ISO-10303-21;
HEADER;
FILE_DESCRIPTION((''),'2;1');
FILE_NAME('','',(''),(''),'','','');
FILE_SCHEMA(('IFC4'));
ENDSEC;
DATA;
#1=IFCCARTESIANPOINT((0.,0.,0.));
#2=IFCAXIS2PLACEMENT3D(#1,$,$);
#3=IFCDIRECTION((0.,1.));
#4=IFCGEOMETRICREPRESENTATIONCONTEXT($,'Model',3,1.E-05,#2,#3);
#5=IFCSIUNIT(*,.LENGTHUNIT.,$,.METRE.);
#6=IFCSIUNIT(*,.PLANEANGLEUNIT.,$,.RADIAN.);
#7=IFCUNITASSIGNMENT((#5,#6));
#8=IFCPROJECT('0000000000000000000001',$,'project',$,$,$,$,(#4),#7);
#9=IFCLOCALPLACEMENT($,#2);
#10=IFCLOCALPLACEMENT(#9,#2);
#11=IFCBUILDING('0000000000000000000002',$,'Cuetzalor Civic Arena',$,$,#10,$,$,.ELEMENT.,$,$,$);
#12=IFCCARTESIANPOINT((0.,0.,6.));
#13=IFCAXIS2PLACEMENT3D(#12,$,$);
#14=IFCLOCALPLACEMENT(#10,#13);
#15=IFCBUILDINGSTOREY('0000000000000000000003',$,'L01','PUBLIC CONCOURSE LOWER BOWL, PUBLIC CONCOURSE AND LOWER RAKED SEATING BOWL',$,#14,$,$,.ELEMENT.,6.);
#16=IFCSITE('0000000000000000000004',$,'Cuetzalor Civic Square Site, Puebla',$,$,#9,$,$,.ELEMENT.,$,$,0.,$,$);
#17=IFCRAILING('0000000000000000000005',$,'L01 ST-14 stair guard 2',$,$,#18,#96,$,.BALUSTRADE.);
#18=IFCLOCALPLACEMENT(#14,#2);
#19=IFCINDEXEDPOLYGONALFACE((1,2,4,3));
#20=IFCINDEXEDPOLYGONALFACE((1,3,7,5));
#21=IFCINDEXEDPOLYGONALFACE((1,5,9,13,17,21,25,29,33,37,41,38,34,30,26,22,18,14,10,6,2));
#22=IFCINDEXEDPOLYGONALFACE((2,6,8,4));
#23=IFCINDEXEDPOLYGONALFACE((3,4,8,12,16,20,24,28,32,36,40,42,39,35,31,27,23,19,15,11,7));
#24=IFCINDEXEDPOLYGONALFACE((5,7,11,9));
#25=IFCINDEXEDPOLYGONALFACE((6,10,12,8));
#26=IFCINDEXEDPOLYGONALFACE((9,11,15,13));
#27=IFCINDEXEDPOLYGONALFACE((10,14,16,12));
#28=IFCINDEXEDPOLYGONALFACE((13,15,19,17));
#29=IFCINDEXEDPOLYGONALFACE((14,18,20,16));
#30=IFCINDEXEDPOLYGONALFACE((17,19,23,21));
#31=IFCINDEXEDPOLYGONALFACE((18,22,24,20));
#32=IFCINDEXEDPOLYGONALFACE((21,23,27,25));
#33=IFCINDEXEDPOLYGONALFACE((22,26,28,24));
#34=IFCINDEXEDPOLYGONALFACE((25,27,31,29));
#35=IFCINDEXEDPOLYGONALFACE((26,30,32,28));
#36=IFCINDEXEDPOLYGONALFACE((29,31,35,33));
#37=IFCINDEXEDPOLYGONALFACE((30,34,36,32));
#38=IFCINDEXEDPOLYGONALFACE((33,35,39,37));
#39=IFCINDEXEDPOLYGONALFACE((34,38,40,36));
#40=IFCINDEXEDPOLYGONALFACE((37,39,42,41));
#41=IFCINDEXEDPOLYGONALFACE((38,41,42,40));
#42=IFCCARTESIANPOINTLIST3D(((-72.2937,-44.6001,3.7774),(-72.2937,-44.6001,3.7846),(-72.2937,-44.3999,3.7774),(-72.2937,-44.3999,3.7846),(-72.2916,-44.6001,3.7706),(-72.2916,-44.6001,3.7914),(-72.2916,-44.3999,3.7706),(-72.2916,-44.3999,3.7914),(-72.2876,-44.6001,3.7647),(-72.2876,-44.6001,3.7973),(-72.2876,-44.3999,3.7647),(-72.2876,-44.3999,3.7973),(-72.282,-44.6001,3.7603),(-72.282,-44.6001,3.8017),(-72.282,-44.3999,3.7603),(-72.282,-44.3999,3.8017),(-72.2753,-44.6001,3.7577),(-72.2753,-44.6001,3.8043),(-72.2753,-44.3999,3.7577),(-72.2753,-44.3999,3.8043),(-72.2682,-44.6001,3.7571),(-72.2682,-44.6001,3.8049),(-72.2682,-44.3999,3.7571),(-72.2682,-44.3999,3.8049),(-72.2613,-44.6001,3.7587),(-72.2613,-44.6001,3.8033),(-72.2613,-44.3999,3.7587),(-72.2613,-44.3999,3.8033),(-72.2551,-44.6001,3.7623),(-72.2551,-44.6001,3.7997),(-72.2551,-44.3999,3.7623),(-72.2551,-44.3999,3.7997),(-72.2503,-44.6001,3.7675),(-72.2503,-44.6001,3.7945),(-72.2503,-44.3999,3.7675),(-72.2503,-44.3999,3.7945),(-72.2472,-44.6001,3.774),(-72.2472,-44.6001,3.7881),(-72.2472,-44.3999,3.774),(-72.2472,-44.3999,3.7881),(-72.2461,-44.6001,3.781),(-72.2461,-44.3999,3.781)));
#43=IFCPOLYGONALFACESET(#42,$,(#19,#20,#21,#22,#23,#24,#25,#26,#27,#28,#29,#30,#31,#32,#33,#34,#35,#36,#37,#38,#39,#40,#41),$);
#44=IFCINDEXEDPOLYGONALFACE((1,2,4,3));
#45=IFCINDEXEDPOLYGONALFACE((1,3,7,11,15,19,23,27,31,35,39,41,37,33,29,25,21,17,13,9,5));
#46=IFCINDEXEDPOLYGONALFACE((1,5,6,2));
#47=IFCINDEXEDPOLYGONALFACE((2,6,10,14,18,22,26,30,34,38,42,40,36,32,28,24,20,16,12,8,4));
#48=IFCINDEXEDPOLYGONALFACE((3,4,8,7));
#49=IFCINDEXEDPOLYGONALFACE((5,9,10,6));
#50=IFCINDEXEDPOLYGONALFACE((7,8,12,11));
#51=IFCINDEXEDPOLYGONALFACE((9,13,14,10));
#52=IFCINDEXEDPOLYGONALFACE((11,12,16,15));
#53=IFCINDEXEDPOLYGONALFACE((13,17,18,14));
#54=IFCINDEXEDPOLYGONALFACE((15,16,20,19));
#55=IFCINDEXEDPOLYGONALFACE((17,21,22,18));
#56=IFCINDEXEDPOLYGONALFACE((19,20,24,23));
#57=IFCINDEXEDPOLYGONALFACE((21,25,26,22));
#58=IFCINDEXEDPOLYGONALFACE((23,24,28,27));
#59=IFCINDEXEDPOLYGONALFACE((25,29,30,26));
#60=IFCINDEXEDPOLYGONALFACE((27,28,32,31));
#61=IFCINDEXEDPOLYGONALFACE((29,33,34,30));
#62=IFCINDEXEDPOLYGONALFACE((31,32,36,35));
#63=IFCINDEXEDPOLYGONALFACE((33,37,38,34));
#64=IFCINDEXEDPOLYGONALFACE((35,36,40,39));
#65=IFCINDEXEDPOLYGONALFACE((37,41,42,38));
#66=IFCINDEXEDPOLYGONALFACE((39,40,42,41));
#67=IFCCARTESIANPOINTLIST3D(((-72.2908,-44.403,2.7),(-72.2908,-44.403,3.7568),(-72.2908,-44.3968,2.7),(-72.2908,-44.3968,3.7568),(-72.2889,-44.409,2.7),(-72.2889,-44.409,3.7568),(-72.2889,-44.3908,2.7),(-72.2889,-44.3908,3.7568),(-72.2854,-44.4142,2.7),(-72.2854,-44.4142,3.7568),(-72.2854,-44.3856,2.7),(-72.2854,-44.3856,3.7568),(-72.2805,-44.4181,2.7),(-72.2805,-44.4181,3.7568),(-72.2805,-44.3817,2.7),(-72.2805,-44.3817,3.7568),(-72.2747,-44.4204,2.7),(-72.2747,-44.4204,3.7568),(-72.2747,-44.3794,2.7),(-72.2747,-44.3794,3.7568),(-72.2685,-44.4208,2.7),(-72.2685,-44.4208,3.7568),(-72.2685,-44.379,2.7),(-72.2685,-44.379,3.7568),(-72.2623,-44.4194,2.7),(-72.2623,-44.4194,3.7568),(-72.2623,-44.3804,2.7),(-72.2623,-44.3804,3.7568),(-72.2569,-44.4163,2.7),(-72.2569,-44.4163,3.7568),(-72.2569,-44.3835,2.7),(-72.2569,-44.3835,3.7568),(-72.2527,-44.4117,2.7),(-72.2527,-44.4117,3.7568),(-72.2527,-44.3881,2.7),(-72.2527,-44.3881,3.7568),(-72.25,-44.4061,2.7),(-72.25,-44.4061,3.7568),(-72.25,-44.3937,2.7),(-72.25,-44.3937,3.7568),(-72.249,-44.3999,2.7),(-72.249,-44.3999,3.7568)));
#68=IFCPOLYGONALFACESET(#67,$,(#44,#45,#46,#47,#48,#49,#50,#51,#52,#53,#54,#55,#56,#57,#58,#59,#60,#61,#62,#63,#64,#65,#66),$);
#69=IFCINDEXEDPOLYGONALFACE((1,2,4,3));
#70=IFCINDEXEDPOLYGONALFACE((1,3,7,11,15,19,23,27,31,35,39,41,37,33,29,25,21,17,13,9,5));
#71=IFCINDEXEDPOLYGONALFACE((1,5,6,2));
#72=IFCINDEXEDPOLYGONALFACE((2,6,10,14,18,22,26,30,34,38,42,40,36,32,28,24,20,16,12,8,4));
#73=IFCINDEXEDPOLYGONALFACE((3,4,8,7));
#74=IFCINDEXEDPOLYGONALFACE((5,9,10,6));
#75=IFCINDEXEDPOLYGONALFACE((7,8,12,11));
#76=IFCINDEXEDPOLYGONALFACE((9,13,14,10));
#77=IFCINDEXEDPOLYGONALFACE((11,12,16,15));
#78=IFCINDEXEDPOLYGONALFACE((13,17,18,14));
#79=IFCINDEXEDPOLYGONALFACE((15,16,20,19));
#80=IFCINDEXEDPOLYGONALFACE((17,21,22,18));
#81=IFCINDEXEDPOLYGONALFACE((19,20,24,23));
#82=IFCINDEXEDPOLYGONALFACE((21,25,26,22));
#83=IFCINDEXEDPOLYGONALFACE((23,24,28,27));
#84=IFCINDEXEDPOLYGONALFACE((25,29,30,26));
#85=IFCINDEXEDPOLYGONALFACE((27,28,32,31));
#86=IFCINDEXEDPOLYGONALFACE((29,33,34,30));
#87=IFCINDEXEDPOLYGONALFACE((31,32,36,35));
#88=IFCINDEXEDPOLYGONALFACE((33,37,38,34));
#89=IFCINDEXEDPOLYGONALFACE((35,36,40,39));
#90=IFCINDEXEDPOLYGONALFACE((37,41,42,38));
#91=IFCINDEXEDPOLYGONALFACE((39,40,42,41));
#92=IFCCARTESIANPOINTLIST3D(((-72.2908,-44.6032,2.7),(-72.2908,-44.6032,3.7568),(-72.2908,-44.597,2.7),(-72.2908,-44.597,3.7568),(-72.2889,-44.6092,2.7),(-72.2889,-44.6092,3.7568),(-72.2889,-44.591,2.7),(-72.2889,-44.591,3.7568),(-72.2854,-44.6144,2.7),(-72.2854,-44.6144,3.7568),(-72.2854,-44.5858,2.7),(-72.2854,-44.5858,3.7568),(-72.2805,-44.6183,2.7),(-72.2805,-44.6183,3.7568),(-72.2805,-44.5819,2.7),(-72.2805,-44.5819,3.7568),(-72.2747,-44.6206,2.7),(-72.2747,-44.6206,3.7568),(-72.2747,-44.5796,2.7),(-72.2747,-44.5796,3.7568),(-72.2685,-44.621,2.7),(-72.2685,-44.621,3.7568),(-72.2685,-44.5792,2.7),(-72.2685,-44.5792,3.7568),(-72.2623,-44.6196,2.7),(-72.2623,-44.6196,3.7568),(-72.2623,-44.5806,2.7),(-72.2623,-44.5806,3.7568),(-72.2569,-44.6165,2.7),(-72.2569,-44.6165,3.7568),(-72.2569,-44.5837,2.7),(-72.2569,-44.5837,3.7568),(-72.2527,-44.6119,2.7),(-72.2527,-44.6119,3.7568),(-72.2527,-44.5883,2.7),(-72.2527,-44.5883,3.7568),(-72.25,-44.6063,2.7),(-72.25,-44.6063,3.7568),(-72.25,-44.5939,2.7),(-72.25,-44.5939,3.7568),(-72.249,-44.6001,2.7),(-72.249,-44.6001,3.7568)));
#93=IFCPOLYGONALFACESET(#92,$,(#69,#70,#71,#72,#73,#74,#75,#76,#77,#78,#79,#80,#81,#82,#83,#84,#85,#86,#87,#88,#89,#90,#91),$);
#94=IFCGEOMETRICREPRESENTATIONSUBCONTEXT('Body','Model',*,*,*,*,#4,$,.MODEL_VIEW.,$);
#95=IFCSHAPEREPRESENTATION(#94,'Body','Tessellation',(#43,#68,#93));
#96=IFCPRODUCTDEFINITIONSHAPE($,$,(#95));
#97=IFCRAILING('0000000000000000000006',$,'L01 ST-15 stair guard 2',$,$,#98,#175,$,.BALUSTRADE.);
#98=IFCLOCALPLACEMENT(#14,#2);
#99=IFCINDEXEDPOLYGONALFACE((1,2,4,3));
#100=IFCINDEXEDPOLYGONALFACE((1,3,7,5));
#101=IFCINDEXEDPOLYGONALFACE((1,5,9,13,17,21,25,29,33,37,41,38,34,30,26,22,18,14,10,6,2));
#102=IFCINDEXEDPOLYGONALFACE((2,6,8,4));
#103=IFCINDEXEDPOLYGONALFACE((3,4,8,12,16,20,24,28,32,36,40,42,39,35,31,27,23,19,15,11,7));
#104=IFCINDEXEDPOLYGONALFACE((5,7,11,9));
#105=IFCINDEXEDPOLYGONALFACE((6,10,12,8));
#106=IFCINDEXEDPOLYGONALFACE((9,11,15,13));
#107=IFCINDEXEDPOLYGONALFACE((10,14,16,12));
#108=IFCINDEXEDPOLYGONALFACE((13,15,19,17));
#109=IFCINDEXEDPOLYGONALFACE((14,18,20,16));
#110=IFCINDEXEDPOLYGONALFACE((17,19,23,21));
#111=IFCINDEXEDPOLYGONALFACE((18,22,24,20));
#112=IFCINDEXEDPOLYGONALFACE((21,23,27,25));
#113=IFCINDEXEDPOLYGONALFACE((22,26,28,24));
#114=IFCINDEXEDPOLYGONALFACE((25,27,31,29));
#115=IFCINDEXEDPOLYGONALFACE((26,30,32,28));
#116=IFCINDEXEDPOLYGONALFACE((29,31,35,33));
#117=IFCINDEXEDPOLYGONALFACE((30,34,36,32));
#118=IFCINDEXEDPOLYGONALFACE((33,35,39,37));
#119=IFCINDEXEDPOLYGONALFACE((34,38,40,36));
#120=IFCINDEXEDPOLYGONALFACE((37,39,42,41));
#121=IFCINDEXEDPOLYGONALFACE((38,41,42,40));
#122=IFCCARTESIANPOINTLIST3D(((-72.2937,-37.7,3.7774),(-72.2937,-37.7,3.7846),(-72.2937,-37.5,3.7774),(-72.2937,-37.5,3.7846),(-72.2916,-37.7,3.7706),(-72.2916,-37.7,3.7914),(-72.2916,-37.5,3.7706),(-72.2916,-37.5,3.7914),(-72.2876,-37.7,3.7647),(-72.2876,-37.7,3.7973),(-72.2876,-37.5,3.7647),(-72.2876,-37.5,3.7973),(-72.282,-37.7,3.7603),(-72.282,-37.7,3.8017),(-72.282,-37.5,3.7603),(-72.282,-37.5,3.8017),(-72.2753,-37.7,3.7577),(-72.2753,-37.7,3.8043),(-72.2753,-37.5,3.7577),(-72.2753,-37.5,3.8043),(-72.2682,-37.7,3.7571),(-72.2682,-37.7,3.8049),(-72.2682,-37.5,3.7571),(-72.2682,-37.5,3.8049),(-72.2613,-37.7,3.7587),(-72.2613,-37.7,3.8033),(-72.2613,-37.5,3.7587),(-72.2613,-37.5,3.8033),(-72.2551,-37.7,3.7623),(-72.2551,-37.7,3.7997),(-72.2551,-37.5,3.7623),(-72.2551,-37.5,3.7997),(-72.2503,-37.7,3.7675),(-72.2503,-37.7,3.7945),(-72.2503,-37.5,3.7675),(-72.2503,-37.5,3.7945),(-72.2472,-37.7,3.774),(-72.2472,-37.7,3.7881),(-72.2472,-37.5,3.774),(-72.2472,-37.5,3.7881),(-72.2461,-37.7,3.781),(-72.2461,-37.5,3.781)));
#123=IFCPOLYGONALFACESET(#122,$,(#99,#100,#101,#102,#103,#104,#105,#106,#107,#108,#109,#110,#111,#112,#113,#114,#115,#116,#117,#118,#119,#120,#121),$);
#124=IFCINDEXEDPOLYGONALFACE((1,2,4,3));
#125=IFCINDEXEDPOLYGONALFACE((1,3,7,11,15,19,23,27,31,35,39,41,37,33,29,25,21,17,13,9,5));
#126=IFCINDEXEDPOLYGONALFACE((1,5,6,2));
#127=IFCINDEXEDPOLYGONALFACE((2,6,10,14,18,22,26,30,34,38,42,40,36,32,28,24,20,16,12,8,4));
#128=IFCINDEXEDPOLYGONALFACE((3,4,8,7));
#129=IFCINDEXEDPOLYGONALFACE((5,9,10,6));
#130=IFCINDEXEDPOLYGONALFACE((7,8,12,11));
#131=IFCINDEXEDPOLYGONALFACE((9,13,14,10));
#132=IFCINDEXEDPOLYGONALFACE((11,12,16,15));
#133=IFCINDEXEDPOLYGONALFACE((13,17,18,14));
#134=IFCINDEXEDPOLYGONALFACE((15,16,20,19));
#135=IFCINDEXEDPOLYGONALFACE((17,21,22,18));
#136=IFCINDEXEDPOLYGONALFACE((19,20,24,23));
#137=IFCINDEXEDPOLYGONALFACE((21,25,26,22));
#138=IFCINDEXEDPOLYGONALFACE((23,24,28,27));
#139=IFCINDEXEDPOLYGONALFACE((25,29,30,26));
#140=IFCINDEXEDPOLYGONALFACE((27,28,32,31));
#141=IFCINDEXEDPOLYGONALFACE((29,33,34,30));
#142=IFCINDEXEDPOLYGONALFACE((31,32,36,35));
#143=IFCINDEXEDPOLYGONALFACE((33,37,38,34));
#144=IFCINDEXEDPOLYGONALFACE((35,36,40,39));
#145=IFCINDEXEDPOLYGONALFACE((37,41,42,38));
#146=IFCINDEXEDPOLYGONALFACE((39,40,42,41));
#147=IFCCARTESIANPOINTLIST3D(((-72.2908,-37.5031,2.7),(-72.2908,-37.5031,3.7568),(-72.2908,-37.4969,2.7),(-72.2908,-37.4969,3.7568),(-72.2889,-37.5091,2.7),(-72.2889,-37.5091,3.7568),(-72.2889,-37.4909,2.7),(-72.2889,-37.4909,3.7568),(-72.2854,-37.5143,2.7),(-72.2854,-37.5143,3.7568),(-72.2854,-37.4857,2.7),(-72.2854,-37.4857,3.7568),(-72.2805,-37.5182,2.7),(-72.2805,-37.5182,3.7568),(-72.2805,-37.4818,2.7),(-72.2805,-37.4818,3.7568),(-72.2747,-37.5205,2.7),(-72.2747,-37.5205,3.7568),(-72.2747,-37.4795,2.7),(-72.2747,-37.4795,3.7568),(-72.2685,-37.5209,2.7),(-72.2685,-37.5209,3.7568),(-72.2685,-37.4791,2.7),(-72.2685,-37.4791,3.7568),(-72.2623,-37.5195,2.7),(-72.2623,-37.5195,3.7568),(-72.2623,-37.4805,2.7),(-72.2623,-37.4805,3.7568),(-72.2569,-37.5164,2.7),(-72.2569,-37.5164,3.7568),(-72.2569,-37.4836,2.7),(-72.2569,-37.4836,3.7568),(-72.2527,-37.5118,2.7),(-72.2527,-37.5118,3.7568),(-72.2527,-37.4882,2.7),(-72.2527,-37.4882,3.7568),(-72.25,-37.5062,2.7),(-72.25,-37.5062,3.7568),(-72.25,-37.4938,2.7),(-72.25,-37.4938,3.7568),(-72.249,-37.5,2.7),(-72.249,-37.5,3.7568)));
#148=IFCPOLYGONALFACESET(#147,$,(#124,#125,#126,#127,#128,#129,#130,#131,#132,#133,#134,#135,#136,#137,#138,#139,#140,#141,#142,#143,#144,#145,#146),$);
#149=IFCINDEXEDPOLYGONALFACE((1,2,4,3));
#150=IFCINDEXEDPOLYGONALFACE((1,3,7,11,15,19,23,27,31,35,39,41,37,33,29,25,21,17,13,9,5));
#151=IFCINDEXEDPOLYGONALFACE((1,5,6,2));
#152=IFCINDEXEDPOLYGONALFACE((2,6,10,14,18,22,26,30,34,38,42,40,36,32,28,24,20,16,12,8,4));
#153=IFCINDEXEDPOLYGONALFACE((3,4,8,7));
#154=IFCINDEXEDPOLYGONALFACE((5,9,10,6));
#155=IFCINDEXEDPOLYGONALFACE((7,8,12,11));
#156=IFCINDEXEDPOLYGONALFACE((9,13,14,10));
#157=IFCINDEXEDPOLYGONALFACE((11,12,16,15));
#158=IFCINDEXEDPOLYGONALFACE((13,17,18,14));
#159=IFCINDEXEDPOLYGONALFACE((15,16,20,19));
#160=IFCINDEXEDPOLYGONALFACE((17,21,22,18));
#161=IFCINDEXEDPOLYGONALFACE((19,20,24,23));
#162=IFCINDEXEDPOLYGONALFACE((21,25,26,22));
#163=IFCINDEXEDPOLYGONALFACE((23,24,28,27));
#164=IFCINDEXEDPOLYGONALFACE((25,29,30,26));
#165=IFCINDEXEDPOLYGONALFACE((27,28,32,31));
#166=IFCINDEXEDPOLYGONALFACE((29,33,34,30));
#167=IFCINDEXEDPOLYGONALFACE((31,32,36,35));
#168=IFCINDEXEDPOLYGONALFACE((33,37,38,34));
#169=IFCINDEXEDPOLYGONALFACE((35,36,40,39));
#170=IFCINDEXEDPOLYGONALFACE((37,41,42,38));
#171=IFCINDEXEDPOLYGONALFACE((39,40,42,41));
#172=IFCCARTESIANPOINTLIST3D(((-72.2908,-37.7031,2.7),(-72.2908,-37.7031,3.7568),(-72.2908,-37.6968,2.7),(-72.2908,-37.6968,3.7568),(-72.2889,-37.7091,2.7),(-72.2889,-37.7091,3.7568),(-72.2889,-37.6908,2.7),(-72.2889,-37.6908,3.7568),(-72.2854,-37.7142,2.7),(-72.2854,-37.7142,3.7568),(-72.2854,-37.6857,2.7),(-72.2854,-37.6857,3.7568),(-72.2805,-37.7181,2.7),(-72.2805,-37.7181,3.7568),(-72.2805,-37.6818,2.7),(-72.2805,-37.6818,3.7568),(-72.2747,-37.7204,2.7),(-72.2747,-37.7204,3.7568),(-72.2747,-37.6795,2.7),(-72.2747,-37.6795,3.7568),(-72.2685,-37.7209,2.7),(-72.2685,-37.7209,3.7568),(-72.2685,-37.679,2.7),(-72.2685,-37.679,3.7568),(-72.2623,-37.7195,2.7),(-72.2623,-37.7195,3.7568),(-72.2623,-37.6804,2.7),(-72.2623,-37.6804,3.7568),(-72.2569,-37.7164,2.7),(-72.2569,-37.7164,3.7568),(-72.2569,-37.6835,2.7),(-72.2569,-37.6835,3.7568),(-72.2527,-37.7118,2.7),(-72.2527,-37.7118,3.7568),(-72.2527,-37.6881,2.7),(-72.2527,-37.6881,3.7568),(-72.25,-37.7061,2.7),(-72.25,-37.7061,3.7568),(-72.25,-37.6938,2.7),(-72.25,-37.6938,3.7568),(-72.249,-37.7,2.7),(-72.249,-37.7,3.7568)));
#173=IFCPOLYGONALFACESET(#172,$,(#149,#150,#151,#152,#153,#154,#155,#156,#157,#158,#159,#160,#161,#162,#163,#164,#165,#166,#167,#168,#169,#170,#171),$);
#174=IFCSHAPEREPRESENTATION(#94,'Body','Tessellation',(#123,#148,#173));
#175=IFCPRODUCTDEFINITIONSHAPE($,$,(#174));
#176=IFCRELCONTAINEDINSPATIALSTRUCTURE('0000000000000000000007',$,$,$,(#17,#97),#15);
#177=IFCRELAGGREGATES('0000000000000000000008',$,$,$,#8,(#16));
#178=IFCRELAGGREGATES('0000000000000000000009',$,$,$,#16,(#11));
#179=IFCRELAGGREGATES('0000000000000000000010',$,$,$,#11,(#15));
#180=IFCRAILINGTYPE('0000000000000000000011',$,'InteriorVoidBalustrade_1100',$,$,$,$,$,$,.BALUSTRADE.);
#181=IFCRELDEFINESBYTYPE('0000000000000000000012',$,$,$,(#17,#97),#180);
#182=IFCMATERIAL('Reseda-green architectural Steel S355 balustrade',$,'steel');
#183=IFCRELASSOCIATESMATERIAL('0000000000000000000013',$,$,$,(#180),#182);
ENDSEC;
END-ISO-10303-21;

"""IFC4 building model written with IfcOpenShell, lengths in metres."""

from ifc_helpers import new_model, si_unit, direction, frame, origin, origin_2d, place, context, subcontext, project, spatial, circle, extrude, material, type_object, element, save


model = new_model("IFC4")

# Units and contexts
model_context = context("Model", 3, precision=1e-05, world=origin(), true_north=direction((0.0, 1.0)))
body_context = subcontext(model_context, "Body", "Model", "MODEL_VIEW")
ifc_project = project(units=[si_unit("LENGTHUNIT", "METRE"), si_unit("PLANEANGLEUNIT", "RADIAN")], contexts=[model_context])

# Site, building, storey
site_placement = place(None, origin())
site = spatial("IfcSite", under=ifc_project, at=site_placement, Name="Cuetzalor Civic Square Site, Puebla", CompositionType="ELEMENT", RefElevation=0.0)
building_placement = place(site_placement, origin())
building = spatial("IfcBuilding", under=site, at=building_placement, Name="Cuetzalor Civic Arena", CompositionType="ELEMENT")
storey_placement = place(building_placement, frame((0.0, 0.0, 6.0)))
storey = spatial("IfcBuildingStorey", under=building, at=storey_placement, Name="L01", Description="PUBLIC CONCOURSE LOWER BOWL, PUBLIC CONCOURSE AND LOWER RAKED SEATING BOWL", CompositionType="ELEMENT", Elevation=6.0)

# Railings
ifc_material_1 = material(Name="Reseda-green architectural Steel S355 balustrade", Category="steel")
railing_type = type_object("IfcRailingType", Name="InteriorVoidBalustrade_1100", PredefinedType="BALUSTRADE", material=ifc_material_1)
railing_1_placement = place(storey_placement, frame((-72.27, -44.3999, 2.7)))
element("IfcRailing", 1, at=railing_1_placement, inside=storey, type_object=railing_type, Name="L01 ST-14 stair guard 2", PredefinedType="BALUSTRADE", context=body_context, shape_type="SweptSolid", body=[
    extrude(circle(Radius=0.0239, at=origin_2d()), frame((0.0, 0.0, 1.0811), z_axis=(0.0, -1.0, 0.0), x_axis=(1.0, 0.0, 0.0)), (0.0, 0.0, 1.0), 0.2002),
    extrude(circle(Radius=0.021, at=origin_2d()), origin(), (0.0, 0.0, 1.0), 1.0569),
    extrude(circle(Radius=0.021, at=origin_2d()), frame((0.0, -0.2002, 0.0)), (0.0, 0.0, 1.0), 1.0569),
])
railing_2_placement = place(storey_placement, frame((-72.27, -37.5, 2.7)))
element("IfcRailing", 2, at=railing_2_placement, inside=storey, type_object=railing_type, Name="L01 ST-15 stair guard 2", PredefinedType="BALUSTRADE", context=body_context, shape_type="SweptSolid", body=[
    extrude(circle(Radius=0.0239, at=origin_2d()), frame((0.0, 0.0, 1.0811), z_axis=(0.0, -1.0, 0.0), x_axis=(1.0, 0.0, 0.0)), (0.0, 0.0, 1.0), 0.2),
    extrude(circle(Radius=0.021, at=origin_2d()), origin(), (0.0, 0.0, 1.0), 1.0569),
    extrude(circle(Radius=0.021, at=origin_2d()), frame((0.0, -0.2, 0.0)), (0.0, 0.0, 1.0), 1.0569),
])

save(model, "model.ifc")
